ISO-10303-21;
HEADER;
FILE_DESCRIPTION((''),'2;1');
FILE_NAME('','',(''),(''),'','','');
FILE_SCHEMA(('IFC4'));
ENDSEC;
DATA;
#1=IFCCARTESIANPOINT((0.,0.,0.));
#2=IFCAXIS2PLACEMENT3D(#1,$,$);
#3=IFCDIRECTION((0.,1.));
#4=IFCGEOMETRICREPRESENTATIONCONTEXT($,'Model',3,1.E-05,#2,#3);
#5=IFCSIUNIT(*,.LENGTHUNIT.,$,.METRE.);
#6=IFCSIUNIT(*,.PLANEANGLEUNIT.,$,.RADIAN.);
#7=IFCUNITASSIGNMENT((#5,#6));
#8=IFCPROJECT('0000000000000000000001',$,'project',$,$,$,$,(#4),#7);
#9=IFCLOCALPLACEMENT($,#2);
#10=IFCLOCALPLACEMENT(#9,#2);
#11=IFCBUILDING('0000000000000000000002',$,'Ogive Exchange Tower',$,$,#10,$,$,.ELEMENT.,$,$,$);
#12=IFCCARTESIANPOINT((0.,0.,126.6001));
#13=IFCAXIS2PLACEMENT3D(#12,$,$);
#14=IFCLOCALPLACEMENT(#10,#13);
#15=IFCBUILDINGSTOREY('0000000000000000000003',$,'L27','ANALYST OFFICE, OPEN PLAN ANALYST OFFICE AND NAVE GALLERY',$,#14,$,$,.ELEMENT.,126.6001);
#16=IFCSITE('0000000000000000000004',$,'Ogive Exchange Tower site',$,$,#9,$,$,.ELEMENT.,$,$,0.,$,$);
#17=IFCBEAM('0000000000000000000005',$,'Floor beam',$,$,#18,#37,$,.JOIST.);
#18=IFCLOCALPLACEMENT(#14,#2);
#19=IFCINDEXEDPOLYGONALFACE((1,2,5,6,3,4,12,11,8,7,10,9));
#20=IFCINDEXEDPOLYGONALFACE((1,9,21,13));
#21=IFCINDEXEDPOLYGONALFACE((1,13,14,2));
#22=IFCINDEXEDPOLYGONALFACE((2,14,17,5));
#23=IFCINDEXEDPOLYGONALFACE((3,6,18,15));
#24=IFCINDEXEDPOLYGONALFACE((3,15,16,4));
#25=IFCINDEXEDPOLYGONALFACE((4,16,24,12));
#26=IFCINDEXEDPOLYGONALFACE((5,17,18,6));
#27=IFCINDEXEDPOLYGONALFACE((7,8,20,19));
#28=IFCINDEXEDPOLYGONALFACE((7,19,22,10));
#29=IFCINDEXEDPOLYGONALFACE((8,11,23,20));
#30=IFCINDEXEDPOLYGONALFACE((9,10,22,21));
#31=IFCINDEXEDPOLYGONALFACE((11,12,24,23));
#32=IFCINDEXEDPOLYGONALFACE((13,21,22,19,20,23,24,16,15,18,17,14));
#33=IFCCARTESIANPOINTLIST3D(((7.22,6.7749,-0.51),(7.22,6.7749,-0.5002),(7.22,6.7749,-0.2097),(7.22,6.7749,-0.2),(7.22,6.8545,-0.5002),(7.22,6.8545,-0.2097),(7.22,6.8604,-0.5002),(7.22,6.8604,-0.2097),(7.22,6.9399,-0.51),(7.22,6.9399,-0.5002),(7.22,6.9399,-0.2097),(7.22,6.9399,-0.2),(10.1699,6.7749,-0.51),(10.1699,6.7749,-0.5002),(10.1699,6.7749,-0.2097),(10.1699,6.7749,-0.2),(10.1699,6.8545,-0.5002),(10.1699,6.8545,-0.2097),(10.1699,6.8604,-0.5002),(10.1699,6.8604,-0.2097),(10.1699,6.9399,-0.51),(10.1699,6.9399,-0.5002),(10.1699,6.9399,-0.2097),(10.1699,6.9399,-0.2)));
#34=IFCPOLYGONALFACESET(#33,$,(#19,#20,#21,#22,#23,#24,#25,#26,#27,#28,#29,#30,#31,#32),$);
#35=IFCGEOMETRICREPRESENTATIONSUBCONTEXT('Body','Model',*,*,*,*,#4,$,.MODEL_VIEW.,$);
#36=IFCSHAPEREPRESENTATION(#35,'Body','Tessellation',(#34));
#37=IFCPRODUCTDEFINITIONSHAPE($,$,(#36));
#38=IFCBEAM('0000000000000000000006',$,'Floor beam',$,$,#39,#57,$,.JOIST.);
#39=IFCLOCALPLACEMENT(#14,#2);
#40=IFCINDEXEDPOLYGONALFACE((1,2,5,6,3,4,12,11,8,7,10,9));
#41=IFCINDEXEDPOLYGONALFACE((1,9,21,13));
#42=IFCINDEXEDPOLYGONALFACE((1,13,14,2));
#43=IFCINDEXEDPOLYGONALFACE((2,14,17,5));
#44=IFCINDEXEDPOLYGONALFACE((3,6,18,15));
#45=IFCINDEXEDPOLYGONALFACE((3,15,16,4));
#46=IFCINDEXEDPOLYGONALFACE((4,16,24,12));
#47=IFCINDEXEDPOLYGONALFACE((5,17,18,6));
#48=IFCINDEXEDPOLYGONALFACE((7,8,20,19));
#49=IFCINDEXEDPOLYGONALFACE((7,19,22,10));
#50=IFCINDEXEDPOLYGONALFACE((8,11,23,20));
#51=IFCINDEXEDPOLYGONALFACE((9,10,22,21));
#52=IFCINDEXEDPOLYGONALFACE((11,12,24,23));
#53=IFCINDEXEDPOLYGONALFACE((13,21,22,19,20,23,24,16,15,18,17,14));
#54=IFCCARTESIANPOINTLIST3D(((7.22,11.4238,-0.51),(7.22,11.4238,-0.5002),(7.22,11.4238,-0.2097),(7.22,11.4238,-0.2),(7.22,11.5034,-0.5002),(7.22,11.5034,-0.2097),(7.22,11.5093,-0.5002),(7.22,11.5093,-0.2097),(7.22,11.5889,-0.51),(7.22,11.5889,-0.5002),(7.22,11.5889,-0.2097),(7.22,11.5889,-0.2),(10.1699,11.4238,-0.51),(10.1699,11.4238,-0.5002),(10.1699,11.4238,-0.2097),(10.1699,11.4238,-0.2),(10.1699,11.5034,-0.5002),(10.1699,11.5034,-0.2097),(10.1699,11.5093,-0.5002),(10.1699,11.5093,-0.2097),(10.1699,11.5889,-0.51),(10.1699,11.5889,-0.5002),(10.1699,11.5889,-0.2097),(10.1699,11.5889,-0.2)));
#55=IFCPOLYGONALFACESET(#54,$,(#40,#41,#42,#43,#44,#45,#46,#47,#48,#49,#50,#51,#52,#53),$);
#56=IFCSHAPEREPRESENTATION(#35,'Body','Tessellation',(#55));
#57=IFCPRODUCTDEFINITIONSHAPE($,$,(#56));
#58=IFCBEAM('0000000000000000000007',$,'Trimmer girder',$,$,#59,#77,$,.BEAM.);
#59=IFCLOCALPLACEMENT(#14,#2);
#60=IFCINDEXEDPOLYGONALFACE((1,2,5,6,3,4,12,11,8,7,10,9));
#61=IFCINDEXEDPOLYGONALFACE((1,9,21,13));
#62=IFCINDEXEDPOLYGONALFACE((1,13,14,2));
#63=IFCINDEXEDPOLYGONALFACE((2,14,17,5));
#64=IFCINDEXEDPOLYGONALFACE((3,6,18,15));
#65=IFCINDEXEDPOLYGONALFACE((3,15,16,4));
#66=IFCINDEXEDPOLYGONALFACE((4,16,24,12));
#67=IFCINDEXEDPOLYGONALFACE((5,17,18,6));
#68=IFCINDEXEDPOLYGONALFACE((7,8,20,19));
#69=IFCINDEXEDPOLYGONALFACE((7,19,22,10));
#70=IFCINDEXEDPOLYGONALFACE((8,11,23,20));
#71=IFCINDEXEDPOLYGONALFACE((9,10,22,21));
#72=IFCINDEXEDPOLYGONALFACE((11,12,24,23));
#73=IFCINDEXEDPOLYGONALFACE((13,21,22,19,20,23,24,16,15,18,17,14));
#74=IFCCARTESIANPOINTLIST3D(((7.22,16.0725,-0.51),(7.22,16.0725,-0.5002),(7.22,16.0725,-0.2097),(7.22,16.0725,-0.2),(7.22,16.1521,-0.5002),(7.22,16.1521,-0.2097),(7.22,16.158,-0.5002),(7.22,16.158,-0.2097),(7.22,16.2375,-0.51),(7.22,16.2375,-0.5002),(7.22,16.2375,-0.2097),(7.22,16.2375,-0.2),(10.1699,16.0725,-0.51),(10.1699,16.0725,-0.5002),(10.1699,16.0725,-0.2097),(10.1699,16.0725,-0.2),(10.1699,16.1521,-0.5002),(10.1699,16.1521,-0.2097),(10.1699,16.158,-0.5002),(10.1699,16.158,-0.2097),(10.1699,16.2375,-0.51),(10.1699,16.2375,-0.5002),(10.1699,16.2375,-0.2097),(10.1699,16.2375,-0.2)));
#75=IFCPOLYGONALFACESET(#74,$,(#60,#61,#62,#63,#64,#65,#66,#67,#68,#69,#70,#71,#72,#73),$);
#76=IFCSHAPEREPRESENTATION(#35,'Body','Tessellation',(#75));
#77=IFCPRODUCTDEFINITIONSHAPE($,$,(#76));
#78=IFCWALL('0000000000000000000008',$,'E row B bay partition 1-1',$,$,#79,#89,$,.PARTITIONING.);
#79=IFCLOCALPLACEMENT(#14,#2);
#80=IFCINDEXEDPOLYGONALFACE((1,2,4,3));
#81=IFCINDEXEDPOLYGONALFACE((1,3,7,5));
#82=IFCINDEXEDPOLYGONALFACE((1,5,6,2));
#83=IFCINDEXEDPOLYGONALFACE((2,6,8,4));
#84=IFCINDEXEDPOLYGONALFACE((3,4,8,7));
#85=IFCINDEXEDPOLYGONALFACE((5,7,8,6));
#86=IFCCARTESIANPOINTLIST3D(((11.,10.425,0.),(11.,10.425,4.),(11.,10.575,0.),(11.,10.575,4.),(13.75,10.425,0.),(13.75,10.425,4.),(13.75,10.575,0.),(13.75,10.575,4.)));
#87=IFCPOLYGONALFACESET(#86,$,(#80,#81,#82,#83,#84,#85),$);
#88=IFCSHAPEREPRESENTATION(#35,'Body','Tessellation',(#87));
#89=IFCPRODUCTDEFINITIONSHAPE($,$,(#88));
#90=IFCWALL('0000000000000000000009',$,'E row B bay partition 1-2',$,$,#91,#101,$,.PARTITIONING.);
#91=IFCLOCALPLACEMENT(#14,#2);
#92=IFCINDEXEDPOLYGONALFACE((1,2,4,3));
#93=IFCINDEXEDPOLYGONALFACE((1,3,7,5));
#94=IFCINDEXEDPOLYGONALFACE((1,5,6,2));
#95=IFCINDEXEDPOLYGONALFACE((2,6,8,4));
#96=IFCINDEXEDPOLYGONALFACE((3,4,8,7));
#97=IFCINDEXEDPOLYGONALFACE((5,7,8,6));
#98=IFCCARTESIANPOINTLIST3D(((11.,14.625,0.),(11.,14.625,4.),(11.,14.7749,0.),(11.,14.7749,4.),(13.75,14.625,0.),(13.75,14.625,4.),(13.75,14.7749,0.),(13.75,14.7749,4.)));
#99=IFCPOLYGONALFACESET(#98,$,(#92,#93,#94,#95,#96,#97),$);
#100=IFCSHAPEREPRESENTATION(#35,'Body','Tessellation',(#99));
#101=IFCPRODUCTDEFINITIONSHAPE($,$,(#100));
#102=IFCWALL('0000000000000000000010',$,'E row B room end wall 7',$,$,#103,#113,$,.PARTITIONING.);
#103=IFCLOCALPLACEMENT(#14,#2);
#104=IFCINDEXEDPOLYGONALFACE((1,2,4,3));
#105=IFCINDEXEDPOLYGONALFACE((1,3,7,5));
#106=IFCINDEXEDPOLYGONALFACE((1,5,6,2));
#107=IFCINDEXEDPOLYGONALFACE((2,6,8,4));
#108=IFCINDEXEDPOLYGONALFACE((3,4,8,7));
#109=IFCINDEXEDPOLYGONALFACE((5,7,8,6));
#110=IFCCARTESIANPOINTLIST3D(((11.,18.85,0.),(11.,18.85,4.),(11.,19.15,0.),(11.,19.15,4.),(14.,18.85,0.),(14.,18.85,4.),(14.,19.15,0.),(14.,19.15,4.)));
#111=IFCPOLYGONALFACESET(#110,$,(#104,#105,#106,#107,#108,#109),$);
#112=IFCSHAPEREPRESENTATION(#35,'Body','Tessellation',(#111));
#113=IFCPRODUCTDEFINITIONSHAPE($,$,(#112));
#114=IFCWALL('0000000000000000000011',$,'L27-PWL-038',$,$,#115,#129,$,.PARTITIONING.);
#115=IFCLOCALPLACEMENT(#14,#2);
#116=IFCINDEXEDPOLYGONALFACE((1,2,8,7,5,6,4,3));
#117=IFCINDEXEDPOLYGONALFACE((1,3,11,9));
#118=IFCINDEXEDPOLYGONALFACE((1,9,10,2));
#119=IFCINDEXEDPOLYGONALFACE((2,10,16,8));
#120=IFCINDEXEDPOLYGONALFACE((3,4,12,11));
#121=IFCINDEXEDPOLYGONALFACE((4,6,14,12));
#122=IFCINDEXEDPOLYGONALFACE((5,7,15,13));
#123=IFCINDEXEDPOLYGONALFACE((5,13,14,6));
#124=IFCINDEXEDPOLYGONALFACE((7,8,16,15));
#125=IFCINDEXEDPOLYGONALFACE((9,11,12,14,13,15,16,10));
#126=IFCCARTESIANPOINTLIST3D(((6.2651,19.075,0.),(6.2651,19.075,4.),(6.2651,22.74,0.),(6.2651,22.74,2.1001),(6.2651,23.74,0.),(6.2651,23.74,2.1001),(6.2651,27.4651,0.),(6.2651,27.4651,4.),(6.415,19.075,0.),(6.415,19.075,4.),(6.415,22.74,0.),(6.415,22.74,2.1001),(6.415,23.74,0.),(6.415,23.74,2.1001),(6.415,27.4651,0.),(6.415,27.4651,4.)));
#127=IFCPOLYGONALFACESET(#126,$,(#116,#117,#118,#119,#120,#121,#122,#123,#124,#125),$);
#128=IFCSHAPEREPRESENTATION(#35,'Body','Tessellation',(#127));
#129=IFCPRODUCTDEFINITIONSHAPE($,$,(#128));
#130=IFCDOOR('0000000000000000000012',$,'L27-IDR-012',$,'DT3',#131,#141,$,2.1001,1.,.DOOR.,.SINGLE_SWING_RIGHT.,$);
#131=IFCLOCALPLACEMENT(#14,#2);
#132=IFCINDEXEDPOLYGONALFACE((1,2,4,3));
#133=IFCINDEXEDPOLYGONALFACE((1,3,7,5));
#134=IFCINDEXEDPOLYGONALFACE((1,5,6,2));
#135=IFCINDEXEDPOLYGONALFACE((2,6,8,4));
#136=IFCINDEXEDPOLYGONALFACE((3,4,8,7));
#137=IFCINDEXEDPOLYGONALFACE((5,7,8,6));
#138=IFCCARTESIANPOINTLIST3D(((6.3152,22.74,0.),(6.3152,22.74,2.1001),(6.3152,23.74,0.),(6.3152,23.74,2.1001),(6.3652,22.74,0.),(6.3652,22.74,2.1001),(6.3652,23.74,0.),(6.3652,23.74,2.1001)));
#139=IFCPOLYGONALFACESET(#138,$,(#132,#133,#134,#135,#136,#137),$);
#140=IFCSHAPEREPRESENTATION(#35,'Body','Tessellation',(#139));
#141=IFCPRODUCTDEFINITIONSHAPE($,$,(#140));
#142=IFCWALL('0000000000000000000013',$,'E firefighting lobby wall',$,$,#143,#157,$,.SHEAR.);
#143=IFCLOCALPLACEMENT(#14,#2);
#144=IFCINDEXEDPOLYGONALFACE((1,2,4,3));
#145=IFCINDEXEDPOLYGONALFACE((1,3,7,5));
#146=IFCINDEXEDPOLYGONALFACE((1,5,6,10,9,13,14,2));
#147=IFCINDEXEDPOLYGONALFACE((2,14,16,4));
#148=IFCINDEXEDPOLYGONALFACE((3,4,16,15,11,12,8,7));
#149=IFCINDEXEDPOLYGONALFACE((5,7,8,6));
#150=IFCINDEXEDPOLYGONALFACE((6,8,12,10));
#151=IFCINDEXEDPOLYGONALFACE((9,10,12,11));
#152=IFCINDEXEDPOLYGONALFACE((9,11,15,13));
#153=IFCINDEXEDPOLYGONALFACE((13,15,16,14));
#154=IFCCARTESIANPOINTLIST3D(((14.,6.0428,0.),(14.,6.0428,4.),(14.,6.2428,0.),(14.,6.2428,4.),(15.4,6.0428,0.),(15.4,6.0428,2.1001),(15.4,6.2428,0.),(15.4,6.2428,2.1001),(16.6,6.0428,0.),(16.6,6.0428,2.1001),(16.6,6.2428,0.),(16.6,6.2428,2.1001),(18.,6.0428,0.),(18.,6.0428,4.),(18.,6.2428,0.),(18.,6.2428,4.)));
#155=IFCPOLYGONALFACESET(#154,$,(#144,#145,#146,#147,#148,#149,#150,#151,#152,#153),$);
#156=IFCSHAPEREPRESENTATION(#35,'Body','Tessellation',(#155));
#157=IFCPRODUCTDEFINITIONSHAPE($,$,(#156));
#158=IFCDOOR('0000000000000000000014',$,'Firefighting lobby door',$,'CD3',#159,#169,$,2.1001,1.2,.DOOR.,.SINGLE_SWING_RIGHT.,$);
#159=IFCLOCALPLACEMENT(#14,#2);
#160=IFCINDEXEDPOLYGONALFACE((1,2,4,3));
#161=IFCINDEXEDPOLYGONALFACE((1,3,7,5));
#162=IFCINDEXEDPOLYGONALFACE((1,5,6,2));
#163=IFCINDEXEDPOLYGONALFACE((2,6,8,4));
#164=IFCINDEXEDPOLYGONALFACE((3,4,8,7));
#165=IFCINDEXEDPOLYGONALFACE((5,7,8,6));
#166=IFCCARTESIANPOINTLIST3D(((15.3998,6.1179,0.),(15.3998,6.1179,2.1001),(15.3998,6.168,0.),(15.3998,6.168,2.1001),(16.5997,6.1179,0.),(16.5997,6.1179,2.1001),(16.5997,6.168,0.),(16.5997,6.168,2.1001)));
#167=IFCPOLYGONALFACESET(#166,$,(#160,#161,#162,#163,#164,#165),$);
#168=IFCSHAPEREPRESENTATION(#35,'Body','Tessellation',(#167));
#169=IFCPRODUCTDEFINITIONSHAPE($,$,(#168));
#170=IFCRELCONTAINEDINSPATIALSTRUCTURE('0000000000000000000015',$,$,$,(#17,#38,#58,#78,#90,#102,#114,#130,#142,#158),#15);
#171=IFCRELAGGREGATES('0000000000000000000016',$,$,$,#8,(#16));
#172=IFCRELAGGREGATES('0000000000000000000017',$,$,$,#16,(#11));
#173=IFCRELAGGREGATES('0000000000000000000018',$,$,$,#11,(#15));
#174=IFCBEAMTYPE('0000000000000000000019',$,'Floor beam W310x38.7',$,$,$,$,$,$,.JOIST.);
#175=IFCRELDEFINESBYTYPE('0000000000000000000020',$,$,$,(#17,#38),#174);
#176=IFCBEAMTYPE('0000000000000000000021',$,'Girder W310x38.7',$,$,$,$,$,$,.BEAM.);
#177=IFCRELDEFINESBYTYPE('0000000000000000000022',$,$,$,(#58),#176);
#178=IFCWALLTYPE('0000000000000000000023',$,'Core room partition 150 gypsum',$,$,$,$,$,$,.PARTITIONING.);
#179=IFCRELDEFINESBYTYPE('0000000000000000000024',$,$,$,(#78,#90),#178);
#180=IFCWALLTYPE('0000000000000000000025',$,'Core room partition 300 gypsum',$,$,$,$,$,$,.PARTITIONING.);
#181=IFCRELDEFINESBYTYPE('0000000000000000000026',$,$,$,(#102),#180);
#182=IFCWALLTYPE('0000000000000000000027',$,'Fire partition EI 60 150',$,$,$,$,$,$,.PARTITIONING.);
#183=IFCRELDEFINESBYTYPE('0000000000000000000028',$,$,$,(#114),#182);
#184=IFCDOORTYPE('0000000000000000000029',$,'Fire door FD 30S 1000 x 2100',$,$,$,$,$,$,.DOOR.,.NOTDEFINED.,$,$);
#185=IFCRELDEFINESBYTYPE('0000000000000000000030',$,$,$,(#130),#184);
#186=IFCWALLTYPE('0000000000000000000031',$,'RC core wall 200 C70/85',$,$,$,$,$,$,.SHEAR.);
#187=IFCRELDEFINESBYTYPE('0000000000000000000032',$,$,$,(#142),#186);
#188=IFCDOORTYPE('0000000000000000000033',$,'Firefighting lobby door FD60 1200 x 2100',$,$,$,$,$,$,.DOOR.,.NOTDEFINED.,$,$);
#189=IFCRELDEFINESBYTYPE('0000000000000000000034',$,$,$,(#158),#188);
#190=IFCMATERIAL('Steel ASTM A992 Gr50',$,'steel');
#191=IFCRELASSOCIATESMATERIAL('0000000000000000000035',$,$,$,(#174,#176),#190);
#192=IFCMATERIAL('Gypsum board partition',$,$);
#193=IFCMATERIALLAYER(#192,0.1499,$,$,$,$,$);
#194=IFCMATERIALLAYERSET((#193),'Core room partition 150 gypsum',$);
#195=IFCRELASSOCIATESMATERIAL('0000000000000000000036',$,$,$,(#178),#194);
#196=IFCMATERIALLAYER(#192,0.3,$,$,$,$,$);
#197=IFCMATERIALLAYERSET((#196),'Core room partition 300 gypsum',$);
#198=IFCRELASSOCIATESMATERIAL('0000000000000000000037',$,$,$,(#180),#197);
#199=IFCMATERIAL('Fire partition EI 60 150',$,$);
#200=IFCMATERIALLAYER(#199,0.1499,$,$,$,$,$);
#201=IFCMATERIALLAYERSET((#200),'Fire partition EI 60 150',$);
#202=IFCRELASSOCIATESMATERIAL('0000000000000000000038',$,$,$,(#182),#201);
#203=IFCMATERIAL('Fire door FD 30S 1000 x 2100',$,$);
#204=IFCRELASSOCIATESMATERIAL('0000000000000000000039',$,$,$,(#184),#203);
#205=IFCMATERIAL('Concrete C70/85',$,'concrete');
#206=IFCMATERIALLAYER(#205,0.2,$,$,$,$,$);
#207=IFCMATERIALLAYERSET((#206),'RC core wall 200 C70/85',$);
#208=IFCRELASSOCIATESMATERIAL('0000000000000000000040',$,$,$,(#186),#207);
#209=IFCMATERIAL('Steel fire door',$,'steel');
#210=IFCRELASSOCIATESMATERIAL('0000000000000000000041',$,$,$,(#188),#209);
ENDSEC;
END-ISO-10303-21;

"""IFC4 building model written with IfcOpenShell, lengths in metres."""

from ifc_helpers import new_model, si_unit, direction, frame, frame_2d, origin, origin_2d, place, context, subcontext, project, spatial, rectangle, i_section, extrude, material, layer, layer_set, material_profile, profile_set, type_object, element, fill, save


model = new_model("IFC4")

# Units and contexts
model_context = context("Model", 3, precision=1e-05, world=origin(), true_north=direction((0.0, 1.0)))
body_context = subcontext(model_context, "Body", "Model", "MODEL_VIEW")
ifc_project = project(units=[si_unit("LENGTHUNIT", "METRE"), si_unit("PLANEANGLEUNIT", "RADIAN")], contexts=[model_context])

# Site, building, storey
site_placement = place(None, origin())
site = spatial("IfcSite", under=ifc_project, at=site_placement, Name="Ogive Exchange Tower site", CompositionType="ELEMENT", RefElevation=0.0)
building_placement = place(site_placement, origin())
building = spatial("IfcBuilding", under=site, at=building_placement, Name="Ogive Exchange Tower", CompositionType="ELEMENT")
storey_placement = place(building_placement, frame((0.0, 0.0, 126.6001)))
storey = spatial("IfcBuildingStorey", under=building, at=storey_placement, Name="L27", Description="ANALYST OFFICE, OPEN PLAN ANALYST OFFICE AND NAVE GALLERY", CompositionType="ELEMENT", Elevation=126.6001)

# Beams
ifc_material_1 = material(Name="Steel ASTM A992 Gr50", Category="steel")
ifc_material_profile_1 = material_profile(ifc_material_1, i_section(OverallWidth=0.165, OverallDepth=0.3101, WebThickness=0.0059, FlangeThickness=0.0098, at=origin_2d()), Name="W310x38.7")
ifc_profile_set_1 = profile_set([ifc_material_profile_1], Name="Steel ASTM A992 Gr50")
beam_type_1 = type_object("IfcBeamType", Name="Floor beam W310x38.7", PredefinedType="JOIST", material=ifc_profile_set_1)
for number, where, z_axis, x_axis, name in (
    (1, (7.22, 6.8574, -0.355), (1.0, 0.0, 0.0), (0.0, 1.0, 0.0), "Floor beam"),
    (2, (7.22, 11.5063, -0.355), (1.0, 0.0, 0.0), (0.0, 1.0, 0.0), "Floor beam"),
):
    element("IfcBeam", number, at=place(storey_placement, frame(where, z_axis=z_axis, x_axis=x_axis)), inside=storey, type_object=beam_type_1, Name=name, PredefinedType="JOIST", context=body_context, shape_type="SweptSolid", body=[
        extrude(i_section(OverallWidth=0.165, OverallDepth=0.3101, WebThickness=0.0059, FlangeThickness=0.0098, at=origin_2d()), origin(), (0.0, 0.0, 1.0), 2.95),
    ])
ifc_material_profile_2 = material_profile(ifc_material_1, i_section(OverallWidth=0.165, OverallDepth=0.3101, WebThickness=0.0059, FlangeThickness=0.0098, at=origin_2d()), Name="W310x38.7")
ifc_profile_set_2 = profile_set([ifc_material_profile_2], Name="Steel ASTM A992 Gr50")
beam_type_2 = type_object("IfcBeamType", Name="Girder W310x38.7", PredefinedType="BEAM", material=ifc_profile_set_2)
beam_placement = place(storey_placement, frame((7.22, 16.155, -0.355), z_axis=(1.0, 0.0, 0.0), x_axis=(0.0, 1.0, 0.0)))
element("IfcBeam", 3, at=beam_placement, inside=storey, type_object=beam_type_2, Name="Trimmer girder", PredefinedType="BEAM", context=body_context, shape_type="SweptSolid", body=[
    extrude(i_section(OverallWidth=0.165, OverallDepth=0.3101, WebThickness=0.0059, FlangeThickness=0.0098, at=origin_2d()), origin(), (0.0, 0.0, 1.0), 2.95),
])

# Walls
ifc_material_2 = material(Name="Gypsum board partition")
ifc_layer_1 = layer(ifc_material_2, 0.1499)
ifc_layer_set_1 = layer_set([ifc_layer_1], Name="Core room partition 150 gypsum")
wall_type_1 = type_object("IfcWallType", Name="Core room partition 150 gypsum", PredefinedType="PARTITIONING", material=ifc_layer_set_1)
for number, where, z_axis, x_axis, name in (
    (4, (11.0, 10.5, 0.0), (0.0, 0.0, 1.0), (1.0, 0.0, 0.0), "E row B bay partition 1-1"),
    (5, (11.0, 14.7, 0.0), (0.0, 0.0, 1.0), (1.0, 0.0, 0.0), "E row B bay partition 1-2"),
):
    element("IfcWall", number, at=place(storey_placement, frame(where, z_axis=z_axis, x_axis=x_axis)), inside=storey, type_object=wall_type_1, Name=name, PredefinedType="PARTITIONING", context=body_context, shape_type="SweptSolid", body=[
        extrude(rectangle(XDim=2.75, YDim=0.1499, at=frame_2d((1.375, 0.0))), origin(), (0.0, 0.0, 1.0), 4.0),
    ])
ifc_layer_2 = layer(ifc_material_2, 0.3)
ifc_layer_set_2 = layer_set([ifc_layer_2], Name="Core room partition 300 gypsum")
wall_type_2 = type_object("IfcWallType", Name="Core room partition 300 gypsum", PredefinedType="PARTITIONING", material=ifc_layer_set_2)
wall_1_placement = place(storey_placement, frame((11.0, 19.0, 0.0), z_axis=(0.0, 0.0, 1.0), x_axis=(1.0, 0.0, 0.0)))
element("IfcWall", 6, at=wall_1_placement, inside=storey, type_object=wall_type_2, Name="E row B room end wall 7", PredefinedType="PARTITIONING", context=body_context, shape_type="SweptSolid", body=[
    extrude(rectangle(XDim=3.0, YDim=0.3, at=frame_2d((1.5, 0.0))), origin(), (0.0, 0.0, 1.0), 4.0),
])

# Walls, openings, doors
ifc_material_3 = material(Name="Fire partition EI 60 150")
ifc_layer_3 = layer(ifc_material_3, 0.1499)
ifc_layer_set_3 = layer_set([ifc_layer_3], Name="Fire partition EI 60 150")
wall_type_3 = type_object("IfcWallType", Name="Fire partition EI 60 150", PredefinedType="PARTITIONING", material=ifc_layer_set_3)
wall_2_placement = place(storey_placement, frame((6.3401, 19.075, 0.0), z_axis=(0.0, 0.0, 1.0), x_axis=(0.0, 1.0, 0.0)))
wall_2 = element("IfcWall", 7, at=wall_2_placement, inside=storey, type_object=wall_type_3, Name="L27-PWL-038", PredefinedType="PARTITIONING", context=body_context, shape_type="SweptSolid", body=[
    extrude(rectangle(XDim=8.3901, YDim=0.1499, at=frame_2d((4.1951, 0.0))), origin(), (0.0, 0.0, 1.0), 4.0),
])
opening_1_placement = place(wall_2_placement, frame((3.665, 0.0, 0.0)))
opening_1 = element("IfcOpeningElement", 8, at=opening_1_placement, cuts=wall_2, PredefinedType="OPENING", context=body_context, shape_type="SweptSolid", body=[
    extrude(rectangle(XDim=1.0, YDim=2.1001, at=frame_2d((0.5, 1.05))), frame((0.0, 0.085, 0.0), z_axis=(0.0, -1.0, 0.0), x_axis=(1.0, 0.0, 0.0)), (0.0, 0.0, 1.0), 0.1699),
])
ifc_material_4 = material(Name="Fire door FD 30S 1000 x 2100")
door_type_1 = type_object("IfcDoorType", Name="Fire door FD 30S 1000 x 2100", OperationType="NOTDEFINED", PredefinedType="DOOR", material=ifc_material_4)
door_1_placement = place(opening_1_placement, origin())
door_1 = element("IfcDoor", 9, at=door_1_placement, inside=storey, type_object=door_type_1, Name="L27-IDR-012", ObjectType="DT3", OperationType="SINGLE_SWING_RIGHT", OverallHeight=2.1001, OverallWidth=1.0, PredefinedType="DOOR", context=body_context, shape_type="SweptSolid", body=[
    extrude(rectangle(XDim=1.0, YDim=2.1001, at=frame_2d((0.5, 1.05))), frame((0.0, 0.0249, 0.0), z_axis=(0.0, -1.0, 0.0), x_axis=(1.0, 0.0, 0.0)), (0.0, 0.0, 1.0), 0.05),
])
fill(opening_1, door_1)
ifc_material_5 = material(Name="Concrete C70/85", Category="concrete")
ifc_layer_4 = layer(ifc_material_5, 0.2)
ifc_layer_set_4 = layer_set([ifc_layer_4], Name="RC core wall 200 C70/85")
wall_type_4 = type_object("IfcWallType", Name="RC core wall 200 C70/85", PredefinedType="SHEAR", material=ifc_layer_set_4)
wall_3_placement = place(storey_placement, frame((14.0, 6.1428, 0.0), z_axis=(0.0, 0.0, 1.0), x_axis=(1.0, 0.0, 0.0)))
wall_3 = element("IfcWall", 10, at=wall_3_placement, inside=storey, type_object=wall_type_4, Name="E firefighting lobby wall", PredefinedType="SHEAR", context=body_context, shape_type="SweptSolid", body=[
    extrude(rectangle(XDim=4.0, YDim=0.2, at=frame_2d((2.0, 0.0))), origin(), (0.0, 0.0, 1.0), 4.0),
])
opening_2_placement = place(wall_3_placement, frame((1.3999, 0.0, 0.0)))
opening_2 = element("IfcOpeningElement", 11, at=opening_2_placement, cuts=wall_3, PredefinedType="OPENING", context=body_context, shape_type="SweptSolid", body=[
    extrude(rectangle(XDim=1.2, YDim=2.1001, at=frame_2d((0.6001, 1.05))), frame((0.0, 0.1099, 0.0), z_axis=(0.0, -1.0, 0.0), x_axis=(1.0, 0.0, 0.0)), (0.0, 0.0, 1.0), 0.22),
])
ifc_material_6 = material(Name="Steel fire door", Category="steel")
door_type_2 = type_object("IfcDoorType", Name="Firefighting lobby door FD60 1200 x 2100", OperationType="NOTDEFINED", PredefinedType="DOOR", material=ifc_material_6)
door_2_placement = place(opening_2_placement, frame((1.2, 0.0, 0.0), z_axis=(0.0, 0.0, 1.0), x_axis=(-1.0, 0.0, 0.0)))
door_2 = element("IfcDoor", 12, at=door_2_placement, inside=storey, type_object=door_type_2, Name="Firefighting lobby door", ObjectType="CD3", OperationType="SINGLE_SWING_RIGHT", OverallHeight=2.1001, OverallWidth=1.2, PredefinedType="DOOR", context=body_context, shape_type="SweptSolid", body=[
    extrude(rectangle(XDim=1.2, YDim=2.1001, at=frame_2d((0.6001, 1.05))), frame((0.0, 0.0249, 0.0), z_axis=(0.0, -1.0, 0.0), x_axis=(1.0, 0.0, 0.0)), (0.0, 0.0, 1.0), 0.05),
])
fill(opening_2, door_2)

save(model, "model.ifc")
